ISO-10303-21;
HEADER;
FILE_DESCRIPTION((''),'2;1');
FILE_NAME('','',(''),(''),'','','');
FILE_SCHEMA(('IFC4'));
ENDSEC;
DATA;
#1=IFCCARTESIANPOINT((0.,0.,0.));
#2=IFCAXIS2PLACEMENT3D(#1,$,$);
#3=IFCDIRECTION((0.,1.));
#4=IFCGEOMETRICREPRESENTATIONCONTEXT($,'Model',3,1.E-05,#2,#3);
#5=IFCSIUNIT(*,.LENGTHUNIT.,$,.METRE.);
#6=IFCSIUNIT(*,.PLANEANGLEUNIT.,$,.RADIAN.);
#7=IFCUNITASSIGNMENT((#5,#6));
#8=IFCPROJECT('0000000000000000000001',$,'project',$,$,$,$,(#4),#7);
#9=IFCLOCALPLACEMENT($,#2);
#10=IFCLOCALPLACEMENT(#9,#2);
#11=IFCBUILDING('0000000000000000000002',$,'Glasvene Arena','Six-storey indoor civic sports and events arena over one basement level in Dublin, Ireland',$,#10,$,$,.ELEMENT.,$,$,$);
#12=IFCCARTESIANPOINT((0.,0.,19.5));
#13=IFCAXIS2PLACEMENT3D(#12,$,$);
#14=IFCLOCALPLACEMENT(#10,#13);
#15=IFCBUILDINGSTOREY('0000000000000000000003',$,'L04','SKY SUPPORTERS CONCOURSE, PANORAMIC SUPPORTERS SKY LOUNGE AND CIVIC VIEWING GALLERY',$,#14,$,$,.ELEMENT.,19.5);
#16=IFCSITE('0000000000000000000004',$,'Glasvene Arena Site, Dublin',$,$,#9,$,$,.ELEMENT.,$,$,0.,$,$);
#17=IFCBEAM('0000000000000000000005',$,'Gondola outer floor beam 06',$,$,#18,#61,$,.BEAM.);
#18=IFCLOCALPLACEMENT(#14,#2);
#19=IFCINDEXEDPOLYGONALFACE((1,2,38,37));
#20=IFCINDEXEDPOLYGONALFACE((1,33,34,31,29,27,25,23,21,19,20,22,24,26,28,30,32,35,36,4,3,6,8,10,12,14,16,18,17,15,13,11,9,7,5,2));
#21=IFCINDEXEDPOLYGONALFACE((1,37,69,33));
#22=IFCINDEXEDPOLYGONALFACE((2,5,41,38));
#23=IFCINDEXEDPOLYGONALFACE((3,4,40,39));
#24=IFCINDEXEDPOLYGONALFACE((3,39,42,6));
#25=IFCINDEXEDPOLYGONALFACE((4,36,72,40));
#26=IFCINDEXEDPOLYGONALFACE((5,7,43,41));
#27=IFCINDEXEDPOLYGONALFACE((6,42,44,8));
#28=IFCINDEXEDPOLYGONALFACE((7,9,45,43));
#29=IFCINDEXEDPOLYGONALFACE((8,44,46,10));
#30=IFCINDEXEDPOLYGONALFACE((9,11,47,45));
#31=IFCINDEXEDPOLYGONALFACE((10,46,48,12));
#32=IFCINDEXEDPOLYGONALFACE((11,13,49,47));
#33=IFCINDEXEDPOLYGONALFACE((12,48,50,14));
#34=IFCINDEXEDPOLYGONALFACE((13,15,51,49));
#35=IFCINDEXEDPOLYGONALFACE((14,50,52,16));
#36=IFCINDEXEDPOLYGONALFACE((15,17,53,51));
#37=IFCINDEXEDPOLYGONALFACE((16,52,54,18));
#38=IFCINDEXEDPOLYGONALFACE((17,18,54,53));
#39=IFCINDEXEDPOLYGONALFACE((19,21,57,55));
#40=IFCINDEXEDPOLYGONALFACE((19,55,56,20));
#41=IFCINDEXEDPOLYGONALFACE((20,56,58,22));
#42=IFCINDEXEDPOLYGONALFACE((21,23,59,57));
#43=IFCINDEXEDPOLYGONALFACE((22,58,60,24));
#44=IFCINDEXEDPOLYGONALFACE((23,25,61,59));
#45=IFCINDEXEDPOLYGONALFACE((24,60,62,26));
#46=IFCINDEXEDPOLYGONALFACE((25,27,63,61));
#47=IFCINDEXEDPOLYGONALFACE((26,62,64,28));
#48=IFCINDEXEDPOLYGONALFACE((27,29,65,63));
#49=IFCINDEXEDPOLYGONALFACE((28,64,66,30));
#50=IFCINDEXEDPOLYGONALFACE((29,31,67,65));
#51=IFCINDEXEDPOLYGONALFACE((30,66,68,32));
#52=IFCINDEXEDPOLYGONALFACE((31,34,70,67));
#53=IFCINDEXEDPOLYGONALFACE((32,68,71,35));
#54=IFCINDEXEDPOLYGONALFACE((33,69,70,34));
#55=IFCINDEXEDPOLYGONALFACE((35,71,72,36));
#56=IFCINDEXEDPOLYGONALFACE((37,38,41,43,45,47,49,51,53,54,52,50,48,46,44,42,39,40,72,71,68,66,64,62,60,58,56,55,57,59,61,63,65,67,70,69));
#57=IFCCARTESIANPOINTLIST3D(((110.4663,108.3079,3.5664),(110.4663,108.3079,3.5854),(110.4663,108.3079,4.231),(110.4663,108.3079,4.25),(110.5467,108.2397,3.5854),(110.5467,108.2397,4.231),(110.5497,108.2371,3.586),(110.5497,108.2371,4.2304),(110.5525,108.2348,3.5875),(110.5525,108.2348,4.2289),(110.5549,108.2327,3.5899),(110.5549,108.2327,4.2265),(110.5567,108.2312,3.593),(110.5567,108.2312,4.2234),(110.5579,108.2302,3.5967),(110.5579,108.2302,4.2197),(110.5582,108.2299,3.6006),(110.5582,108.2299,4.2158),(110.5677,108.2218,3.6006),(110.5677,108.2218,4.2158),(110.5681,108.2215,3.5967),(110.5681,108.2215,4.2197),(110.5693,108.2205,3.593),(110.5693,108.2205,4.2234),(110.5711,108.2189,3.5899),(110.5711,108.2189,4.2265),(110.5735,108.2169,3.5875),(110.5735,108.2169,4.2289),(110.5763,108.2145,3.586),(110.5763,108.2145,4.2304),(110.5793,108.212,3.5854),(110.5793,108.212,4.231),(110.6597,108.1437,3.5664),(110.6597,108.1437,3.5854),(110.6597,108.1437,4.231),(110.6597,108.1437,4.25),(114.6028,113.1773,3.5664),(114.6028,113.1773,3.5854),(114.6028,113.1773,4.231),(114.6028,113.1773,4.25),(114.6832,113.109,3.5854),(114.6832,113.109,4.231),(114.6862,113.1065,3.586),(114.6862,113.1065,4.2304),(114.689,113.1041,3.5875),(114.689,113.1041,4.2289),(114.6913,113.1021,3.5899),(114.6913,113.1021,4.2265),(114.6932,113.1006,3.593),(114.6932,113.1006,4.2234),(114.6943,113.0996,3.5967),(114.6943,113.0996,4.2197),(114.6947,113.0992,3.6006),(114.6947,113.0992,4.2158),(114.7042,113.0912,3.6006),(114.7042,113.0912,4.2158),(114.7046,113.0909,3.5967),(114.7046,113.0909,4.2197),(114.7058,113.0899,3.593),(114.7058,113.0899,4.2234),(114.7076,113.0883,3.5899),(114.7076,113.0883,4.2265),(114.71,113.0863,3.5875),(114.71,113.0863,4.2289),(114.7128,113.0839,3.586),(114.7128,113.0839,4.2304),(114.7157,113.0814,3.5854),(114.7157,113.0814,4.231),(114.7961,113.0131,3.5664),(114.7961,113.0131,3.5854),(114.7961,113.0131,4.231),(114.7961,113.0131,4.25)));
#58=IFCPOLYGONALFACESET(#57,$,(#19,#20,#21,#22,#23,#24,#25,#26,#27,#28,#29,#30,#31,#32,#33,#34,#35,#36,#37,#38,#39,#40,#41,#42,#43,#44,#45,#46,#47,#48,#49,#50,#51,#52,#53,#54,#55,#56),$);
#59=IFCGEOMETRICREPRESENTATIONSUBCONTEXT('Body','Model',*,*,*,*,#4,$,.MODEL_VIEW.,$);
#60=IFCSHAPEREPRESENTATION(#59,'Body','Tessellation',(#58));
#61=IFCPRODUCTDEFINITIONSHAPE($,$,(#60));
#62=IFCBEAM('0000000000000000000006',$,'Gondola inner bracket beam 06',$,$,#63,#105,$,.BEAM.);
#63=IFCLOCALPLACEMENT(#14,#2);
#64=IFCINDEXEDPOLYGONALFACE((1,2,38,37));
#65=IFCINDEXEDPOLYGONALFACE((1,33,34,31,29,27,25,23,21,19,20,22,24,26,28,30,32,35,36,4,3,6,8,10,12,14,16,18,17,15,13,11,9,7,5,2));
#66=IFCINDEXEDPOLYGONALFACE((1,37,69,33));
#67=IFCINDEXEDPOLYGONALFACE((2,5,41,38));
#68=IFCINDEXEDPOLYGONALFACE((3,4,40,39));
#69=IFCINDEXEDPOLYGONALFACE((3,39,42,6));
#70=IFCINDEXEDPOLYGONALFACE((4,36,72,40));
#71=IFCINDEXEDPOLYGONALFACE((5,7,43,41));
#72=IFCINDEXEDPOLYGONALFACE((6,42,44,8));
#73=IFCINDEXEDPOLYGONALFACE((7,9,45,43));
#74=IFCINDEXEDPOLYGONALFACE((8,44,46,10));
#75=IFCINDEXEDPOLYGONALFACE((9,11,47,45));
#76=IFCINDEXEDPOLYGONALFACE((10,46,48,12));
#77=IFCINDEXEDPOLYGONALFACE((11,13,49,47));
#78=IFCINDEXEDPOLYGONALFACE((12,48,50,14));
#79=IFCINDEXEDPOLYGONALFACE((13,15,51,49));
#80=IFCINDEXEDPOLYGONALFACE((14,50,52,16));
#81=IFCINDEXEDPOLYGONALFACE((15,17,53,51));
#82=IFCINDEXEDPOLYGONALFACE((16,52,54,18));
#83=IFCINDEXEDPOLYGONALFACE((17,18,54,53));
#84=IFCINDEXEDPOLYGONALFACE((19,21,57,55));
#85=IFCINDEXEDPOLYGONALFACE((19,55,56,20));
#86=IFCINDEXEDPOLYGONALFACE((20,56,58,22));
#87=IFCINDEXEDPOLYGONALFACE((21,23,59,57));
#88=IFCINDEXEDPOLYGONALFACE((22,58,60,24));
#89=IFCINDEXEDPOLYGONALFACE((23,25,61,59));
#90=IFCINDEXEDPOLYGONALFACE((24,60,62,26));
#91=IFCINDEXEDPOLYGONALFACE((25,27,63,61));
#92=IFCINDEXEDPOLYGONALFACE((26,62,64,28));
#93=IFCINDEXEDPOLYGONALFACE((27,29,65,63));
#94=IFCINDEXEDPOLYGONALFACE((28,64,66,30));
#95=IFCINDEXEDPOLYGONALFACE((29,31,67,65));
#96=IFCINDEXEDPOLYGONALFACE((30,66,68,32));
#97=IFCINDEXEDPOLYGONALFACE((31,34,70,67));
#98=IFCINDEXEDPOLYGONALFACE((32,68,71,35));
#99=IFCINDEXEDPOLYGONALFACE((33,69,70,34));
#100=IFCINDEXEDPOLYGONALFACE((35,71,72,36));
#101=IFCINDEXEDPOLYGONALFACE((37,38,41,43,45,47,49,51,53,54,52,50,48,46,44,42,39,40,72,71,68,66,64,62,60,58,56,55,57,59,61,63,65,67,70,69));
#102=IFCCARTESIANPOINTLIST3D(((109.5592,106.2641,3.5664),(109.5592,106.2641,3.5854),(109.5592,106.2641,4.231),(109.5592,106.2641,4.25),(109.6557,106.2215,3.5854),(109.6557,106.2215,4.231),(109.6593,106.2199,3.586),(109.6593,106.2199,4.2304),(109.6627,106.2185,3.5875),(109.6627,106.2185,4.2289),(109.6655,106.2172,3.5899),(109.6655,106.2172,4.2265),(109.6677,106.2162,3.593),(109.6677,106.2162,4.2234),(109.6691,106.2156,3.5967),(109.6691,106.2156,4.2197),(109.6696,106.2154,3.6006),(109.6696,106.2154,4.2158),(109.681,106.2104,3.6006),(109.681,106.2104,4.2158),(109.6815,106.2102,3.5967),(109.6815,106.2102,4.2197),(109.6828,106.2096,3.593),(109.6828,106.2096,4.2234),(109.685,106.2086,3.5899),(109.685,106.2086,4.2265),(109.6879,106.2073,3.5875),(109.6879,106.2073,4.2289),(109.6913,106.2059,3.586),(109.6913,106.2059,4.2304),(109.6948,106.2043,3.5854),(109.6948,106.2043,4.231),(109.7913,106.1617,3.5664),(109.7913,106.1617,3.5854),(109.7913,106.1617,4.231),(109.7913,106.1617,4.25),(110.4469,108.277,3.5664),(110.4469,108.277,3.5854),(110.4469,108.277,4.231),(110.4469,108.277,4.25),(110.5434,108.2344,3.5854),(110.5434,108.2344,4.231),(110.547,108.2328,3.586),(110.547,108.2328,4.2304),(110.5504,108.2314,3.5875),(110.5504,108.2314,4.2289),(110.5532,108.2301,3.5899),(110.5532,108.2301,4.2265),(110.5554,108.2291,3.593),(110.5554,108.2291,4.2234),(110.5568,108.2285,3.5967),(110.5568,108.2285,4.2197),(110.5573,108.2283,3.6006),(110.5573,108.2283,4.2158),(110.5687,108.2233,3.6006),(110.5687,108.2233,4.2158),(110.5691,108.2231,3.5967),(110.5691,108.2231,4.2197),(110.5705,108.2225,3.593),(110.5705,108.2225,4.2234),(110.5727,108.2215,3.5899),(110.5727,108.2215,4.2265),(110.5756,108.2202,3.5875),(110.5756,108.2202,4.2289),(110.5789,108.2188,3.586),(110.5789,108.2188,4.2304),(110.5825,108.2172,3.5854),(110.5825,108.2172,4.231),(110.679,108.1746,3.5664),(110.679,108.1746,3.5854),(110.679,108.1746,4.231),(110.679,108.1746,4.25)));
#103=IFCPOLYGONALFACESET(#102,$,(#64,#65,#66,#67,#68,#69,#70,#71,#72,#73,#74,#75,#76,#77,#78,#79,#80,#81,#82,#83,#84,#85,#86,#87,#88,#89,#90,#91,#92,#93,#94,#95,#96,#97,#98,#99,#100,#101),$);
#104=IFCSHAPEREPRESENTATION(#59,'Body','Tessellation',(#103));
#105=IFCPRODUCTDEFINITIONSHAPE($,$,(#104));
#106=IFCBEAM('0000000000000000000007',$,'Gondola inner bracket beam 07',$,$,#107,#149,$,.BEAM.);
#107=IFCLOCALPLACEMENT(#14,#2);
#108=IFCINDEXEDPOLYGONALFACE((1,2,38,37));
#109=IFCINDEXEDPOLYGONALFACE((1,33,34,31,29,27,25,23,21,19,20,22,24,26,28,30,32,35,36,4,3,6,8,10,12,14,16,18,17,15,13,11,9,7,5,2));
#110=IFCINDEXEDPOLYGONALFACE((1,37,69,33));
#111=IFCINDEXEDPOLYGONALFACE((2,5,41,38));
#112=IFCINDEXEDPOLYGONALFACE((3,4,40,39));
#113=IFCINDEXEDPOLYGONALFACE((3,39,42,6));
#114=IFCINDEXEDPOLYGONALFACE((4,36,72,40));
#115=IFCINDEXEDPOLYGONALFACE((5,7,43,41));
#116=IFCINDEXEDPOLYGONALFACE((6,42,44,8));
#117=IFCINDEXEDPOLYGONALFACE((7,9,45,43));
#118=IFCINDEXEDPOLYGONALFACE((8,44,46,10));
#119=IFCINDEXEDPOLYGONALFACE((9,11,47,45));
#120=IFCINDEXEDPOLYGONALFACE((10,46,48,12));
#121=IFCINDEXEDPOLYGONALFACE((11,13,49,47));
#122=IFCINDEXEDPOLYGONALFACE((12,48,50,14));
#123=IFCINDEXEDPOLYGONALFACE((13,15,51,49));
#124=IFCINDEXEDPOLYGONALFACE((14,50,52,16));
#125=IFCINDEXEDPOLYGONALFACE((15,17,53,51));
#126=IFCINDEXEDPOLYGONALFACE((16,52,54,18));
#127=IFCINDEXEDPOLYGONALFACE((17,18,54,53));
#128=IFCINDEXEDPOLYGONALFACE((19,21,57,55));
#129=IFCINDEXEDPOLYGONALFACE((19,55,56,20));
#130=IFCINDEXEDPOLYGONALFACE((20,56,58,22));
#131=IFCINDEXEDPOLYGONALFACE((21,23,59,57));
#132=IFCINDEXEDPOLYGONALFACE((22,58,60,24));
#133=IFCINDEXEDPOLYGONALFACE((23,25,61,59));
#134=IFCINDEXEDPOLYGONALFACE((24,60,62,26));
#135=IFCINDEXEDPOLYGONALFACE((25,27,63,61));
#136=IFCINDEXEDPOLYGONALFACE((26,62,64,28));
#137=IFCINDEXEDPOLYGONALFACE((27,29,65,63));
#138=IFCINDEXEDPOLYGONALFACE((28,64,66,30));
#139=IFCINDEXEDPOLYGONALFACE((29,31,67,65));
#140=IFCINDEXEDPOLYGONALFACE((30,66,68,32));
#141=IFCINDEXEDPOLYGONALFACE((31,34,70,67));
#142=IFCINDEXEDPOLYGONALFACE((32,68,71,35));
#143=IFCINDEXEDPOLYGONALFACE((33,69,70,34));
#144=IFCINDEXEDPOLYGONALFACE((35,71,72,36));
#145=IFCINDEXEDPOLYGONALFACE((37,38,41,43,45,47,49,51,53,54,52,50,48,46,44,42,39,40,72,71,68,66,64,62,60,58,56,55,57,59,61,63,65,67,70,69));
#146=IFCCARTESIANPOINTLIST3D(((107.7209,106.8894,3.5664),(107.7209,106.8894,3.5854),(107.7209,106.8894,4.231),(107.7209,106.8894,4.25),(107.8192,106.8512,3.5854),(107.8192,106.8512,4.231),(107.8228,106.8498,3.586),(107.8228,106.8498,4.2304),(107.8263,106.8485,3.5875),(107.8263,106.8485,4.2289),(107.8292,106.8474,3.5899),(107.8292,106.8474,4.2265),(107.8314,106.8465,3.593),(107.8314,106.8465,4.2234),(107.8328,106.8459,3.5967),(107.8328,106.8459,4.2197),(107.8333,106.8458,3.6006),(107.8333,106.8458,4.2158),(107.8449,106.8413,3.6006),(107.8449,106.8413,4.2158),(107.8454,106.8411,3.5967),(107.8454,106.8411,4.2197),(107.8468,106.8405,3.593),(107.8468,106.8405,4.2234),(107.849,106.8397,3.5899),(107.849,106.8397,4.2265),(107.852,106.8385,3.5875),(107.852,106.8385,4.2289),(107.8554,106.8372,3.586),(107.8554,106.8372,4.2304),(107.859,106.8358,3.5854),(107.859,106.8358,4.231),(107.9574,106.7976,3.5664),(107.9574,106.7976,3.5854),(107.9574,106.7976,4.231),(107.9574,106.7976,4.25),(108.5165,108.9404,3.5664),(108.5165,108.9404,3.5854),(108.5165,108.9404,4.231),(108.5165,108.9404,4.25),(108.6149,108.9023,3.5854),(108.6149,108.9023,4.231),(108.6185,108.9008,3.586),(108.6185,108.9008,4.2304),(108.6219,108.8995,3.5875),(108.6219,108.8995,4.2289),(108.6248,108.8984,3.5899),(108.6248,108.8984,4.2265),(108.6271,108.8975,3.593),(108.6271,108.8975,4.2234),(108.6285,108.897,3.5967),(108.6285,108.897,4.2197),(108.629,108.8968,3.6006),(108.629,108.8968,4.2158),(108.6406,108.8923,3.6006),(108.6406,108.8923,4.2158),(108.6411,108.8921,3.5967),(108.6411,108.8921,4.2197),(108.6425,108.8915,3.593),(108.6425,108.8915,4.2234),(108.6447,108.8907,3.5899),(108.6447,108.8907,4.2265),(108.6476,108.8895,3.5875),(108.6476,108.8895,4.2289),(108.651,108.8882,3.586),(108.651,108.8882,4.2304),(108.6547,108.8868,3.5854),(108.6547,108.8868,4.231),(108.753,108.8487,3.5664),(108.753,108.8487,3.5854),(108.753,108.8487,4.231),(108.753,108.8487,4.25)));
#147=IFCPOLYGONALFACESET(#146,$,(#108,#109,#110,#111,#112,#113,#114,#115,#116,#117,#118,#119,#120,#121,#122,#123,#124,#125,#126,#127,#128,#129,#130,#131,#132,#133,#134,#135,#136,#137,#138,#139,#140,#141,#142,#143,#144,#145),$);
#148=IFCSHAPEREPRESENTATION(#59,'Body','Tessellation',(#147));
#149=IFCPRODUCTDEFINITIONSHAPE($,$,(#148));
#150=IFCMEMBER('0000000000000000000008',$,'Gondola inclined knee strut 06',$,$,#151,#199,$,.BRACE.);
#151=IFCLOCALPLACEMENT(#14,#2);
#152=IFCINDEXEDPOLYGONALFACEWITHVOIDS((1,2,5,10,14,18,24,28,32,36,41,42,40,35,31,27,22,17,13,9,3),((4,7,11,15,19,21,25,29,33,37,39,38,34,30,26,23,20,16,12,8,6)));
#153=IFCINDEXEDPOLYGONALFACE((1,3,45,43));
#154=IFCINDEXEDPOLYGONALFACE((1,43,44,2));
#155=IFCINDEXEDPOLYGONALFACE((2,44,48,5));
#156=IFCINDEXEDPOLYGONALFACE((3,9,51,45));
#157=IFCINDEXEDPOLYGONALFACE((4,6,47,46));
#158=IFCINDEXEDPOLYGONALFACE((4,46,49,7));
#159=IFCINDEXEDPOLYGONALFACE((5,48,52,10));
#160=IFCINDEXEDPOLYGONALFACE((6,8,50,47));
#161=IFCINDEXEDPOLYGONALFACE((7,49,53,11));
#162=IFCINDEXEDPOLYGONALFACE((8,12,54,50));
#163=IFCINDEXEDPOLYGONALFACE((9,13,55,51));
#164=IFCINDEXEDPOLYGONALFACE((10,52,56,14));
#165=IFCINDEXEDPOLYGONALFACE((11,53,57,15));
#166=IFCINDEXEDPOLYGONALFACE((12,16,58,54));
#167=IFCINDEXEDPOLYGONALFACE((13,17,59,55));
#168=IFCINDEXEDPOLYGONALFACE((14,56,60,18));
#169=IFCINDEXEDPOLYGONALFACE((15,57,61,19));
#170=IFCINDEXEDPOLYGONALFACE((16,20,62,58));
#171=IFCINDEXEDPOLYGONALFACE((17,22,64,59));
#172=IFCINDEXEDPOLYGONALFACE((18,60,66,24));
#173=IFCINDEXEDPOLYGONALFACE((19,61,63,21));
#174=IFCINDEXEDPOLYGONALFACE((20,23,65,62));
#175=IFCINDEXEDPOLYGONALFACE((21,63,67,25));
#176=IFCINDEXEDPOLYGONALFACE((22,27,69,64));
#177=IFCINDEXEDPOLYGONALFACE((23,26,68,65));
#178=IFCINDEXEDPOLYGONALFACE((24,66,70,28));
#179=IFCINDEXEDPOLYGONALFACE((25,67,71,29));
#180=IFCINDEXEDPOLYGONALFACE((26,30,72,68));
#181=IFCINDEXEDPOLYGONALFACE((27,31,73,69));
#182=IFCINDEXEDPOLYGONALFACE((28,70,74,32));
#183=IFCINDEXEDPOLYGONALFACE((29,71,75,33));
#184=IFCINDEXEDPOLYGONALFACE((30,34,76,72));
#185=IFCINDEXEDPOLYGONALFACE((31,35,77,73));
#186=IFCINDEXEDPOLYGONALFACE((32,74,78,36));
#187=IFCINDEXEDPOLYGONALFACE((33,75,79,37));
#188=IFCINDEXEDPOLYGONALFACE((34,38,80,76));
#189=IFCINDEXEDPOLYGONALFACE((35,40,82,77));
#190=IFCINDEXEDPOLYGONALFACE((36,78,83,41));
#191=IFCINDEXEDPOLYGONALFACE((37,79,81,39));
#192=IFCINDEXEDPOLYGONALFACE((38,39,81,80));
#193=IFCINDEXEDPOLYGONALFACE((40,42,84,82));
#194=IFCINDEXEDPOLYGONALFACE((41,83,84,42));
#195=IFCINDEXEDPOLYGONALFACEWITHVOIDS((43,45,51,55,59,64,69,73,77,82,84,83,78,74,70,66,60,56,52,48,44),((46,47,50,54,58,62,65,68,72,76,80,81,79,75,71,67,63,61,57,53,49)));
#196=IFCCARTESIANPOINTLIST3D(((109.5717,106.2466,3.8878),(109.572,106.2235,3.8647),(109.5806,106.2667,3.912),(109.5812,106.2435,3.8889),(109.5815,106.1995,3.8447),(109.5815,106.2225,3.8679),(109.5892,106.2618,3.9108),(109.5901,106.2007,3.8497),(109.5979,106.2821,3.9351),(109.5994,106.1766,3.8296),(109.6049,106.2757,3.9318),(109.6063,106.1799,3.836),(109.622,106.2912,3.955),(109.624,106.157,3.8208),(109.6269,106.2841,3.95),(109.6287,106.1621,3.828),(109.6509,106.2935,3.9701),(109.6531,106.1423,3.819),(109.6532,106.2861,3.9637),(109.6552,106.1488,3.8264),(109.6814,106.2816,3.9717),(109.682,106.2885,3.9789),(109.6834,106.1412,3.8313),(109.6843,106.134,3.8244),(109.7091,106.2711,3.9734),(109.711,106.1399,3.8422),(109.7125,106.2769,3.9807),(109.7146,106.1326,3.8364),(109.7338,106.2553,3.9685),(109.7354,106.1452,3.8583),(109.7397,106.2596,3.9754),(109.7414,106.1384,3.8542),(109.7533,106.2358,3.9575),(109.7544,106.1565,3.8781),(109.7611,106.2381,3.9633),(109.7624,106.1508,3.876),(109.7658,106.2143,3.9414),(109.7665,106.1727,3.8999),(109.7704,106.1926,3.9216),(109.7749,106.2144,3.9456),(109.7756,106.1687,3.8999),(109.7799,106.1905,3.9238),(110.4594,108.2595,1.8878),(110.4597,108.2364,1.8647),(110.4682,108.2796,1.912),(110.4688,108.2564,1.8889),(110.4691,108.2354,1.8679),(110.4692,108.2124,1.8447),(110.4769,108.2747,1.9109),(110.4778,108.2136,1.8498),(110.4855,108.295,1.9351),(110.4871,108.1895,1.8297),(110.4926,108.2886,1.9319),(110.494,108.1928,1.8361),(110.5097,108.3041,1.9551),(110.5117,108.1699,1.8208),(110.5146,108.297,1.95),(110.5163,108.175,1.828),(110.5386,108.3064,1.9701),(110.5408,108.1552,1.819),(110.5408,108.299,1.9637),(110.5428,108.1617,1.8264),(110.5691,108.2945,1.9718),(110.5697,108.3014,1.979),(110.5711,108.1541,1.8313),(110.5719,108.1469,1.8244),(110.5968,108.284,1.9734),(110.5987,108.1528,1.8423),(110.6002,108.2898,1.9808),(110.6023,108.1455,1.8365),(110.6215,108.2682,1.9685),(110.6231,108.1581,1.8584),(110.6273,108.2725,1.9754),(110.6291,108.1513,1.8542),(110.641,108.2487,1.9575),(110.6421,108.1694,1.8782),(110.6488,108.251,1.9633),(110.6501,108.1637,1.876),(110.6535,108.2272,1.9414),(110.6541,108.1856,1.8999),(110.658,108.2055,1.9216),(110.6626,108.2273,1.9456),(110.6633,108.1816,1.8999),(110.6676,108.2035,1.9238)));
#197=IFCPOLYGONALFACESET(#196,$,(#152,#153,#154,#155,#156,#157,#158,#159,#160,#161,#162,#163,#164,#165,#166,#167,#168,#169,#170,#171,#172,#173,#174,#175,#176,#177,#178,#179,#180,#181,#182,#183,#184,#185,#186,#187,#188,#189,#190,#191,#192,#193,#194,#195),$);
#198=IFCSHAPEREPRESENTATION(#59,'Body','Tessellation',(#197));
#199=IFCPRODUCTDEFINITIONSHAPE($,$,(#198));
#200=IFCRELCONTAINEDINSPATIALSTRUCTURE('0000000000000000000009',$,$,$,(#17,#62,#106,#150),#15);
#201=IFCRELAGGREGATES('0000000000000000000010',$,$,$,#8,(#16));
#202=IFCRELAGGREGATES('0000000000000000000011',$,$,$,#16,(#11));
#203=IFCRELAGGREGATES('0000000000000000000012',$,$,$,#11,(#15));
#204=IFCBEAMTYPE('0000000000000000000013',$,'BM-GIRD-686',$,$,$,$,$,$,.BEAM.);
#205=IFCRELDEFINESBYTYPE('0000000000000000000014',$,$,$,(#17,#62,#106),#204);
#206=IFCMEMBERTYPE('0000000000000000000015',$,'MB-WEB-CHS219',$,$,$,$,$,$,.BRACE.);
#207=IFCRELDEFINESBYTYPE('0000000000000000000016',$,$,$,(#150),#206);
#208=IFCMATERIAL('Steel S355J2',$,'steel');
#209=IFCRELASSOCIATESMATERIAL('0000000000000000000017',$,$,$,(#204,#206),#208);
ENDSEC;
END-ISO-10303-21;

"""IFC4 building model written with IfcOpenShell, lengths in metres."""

from ifc_helpers import new_model, si_unit, direction, frame, origin, origin_2d, place, context, subcontext, project, spatial, hollow_circle, i_section, extrude, material, material_profile, profile_set, type_object, element, save


model = new_model("IFC4")

# Units and contexts
model_context = context("Model", 3, precision=1e-05, world=origin(), true_north=direction((0.0, 1.0)))
body_context = subcontext(model_context, "Body", "Model", "MODEL_VIEW")
ifc_project = project(units=[si_unit("LENGTHUNIT", "METRE"), si_unit("PLANEANGLEUNIT", "RADIAN")], contexts=[model_context])

# Site, building, storey
site_placement = place(None, origin())
site = spatial("IfcSite", under=ifc_project, at=site_placement, Name="Glasvene Arena Site, Dublin", CompositionType="ELEMENT", RefElevation=0.0)
building_placement = place(site_placement, origin())
building = spatial("IfcBuilding", under=site, at=building_placement, Name="Glasvene Arena", Description="Six-storey indoor civic sports and events arena over one basement level in Dublin, Ireland", CompositionType="ELEMENT")
storey_placement = place(building_placement, frame((0.0, 0.0, 19.5)))
storey = spatial("IfcBuildingStorey", under=building, at=storey_placement, Name="L04", Description="SKY SUPPORTERS CONCOURSE, PANORAMIC SUPPORTERS SKY LOUNGE AND CIVIC VIEWING GALLERY", CompositionType="ELEMENT", Elevation=19.5)

# Shared definitions
ifc_material_1 = material(Name="Steel S355J2", Category="steel")

# Beams
ifc_material_profile_1 = material_profile(ifc_material_1, i_section(OverallWidth=0.2537, OverallDepth=0.6836, WebThickness=0.0125, FlangeThickness=0.019, FilletRadius=0.0151, at=origin_2d()), Name="UKB 686x254x140")
ifc_profile_set_1 = profile_set([ifc_material_profile_1], Name="Steel S355J2")
beam_type_1 = type_object("IfcBeamType", Name="BM-GIRD-686", PredefinedType="BEAM", material=ifc_profile_set_1)
beam_1_placement = place(storey_placement, frame((110.563, 108.2258, 3.9082), z_axis=(0.647421, 0.762133, 0.0), x_axis=(-0.762133, 0.647421, 0.0)))
element("IfcBeam", 1, at=beam_1_placement, inside=storey, type_object=beam_type_1, Name="Gondola outer floor beam 06", PredefinedType="BEAM", context=body_context, shape_type="SweptSolid", body=[
    extrude(i_section(OverallWidth=0.2537, OverallDepth=0.6836, WebThickness=0.0125, FlangeThickness=0.019, FilletRadius=0.0151, at=origin_2d()), origin(), (0.0, 0.0, 1.0), 6.3892),
])
for number, where, z_axis, x_axis, name in (
    (2, (109.6753, 106.2129, 3.9082), (0.403501, 0.914979, 0.0), (-0.914979, 0.403501, 0.0), "Gondola inner bracket beam 06"),
    (3, (107.8391, 106.8435, 3.9082), (0.36167, 0.932306, 0.0), (-0.932306, 0.36167, 0.0), "Gondola inner bracket beam 07"),
):
    element("IfcBeam", number, at=place(storey_placement, frame(where, z_axis=z_axis, x_axis=x_axis)), inside=storey, type_object=beam_type_1, Name=name, PredefinedType="BEAM", context=body_context, shape_type="SweptSolid", body=[
        extrude(i_section(OverallWidth=0.2537, OverallDepth=0.6836, WebThickness=0.0125, FlangeThickness=0.019, FilletRadius=0.0151, at=origin_2d()), origin(), (0.0, 0.0, 1.0), 2.2),
    ])

# Member
ifc_material_profile_2 = material_profile(ifc_material_1, hollow_circle(Radius=0.1096, WallThickness=0.01, at=origin_2d()), Name="CHS 219.1x10.0")
ifc_profile_set_2 = profile_set([ifc_material_profile_2], Name="Steel S355J2")
member_type = type_object("IfcMemberType", Name="MB-WEB-CHS219", PredefinedType="BRACE", material=ifc_profile_set_2)
member_placement = place(storey_placement, frame((110.563, 108.2258, 1.8999), z_axis=(-0.298565, -0.677028, 0.672676), x_axis=(0.914979, -0.403501, 0.0)))
element("IfcMember", 4, at=member_placement, inside=storey, type_object=member_type, Name="Gondola inclined knee strut 06", PredefinedType="BRACE", context=body_context, shape_type="SweptSolid", body=[
    extrude(hollow_circle(Radius=0.1096, WallThickness=0.01, at=origin_2d()), origin(), (0.0, 0.0, 1.0), 2.9731),
])

save(model, "model.ifc")
